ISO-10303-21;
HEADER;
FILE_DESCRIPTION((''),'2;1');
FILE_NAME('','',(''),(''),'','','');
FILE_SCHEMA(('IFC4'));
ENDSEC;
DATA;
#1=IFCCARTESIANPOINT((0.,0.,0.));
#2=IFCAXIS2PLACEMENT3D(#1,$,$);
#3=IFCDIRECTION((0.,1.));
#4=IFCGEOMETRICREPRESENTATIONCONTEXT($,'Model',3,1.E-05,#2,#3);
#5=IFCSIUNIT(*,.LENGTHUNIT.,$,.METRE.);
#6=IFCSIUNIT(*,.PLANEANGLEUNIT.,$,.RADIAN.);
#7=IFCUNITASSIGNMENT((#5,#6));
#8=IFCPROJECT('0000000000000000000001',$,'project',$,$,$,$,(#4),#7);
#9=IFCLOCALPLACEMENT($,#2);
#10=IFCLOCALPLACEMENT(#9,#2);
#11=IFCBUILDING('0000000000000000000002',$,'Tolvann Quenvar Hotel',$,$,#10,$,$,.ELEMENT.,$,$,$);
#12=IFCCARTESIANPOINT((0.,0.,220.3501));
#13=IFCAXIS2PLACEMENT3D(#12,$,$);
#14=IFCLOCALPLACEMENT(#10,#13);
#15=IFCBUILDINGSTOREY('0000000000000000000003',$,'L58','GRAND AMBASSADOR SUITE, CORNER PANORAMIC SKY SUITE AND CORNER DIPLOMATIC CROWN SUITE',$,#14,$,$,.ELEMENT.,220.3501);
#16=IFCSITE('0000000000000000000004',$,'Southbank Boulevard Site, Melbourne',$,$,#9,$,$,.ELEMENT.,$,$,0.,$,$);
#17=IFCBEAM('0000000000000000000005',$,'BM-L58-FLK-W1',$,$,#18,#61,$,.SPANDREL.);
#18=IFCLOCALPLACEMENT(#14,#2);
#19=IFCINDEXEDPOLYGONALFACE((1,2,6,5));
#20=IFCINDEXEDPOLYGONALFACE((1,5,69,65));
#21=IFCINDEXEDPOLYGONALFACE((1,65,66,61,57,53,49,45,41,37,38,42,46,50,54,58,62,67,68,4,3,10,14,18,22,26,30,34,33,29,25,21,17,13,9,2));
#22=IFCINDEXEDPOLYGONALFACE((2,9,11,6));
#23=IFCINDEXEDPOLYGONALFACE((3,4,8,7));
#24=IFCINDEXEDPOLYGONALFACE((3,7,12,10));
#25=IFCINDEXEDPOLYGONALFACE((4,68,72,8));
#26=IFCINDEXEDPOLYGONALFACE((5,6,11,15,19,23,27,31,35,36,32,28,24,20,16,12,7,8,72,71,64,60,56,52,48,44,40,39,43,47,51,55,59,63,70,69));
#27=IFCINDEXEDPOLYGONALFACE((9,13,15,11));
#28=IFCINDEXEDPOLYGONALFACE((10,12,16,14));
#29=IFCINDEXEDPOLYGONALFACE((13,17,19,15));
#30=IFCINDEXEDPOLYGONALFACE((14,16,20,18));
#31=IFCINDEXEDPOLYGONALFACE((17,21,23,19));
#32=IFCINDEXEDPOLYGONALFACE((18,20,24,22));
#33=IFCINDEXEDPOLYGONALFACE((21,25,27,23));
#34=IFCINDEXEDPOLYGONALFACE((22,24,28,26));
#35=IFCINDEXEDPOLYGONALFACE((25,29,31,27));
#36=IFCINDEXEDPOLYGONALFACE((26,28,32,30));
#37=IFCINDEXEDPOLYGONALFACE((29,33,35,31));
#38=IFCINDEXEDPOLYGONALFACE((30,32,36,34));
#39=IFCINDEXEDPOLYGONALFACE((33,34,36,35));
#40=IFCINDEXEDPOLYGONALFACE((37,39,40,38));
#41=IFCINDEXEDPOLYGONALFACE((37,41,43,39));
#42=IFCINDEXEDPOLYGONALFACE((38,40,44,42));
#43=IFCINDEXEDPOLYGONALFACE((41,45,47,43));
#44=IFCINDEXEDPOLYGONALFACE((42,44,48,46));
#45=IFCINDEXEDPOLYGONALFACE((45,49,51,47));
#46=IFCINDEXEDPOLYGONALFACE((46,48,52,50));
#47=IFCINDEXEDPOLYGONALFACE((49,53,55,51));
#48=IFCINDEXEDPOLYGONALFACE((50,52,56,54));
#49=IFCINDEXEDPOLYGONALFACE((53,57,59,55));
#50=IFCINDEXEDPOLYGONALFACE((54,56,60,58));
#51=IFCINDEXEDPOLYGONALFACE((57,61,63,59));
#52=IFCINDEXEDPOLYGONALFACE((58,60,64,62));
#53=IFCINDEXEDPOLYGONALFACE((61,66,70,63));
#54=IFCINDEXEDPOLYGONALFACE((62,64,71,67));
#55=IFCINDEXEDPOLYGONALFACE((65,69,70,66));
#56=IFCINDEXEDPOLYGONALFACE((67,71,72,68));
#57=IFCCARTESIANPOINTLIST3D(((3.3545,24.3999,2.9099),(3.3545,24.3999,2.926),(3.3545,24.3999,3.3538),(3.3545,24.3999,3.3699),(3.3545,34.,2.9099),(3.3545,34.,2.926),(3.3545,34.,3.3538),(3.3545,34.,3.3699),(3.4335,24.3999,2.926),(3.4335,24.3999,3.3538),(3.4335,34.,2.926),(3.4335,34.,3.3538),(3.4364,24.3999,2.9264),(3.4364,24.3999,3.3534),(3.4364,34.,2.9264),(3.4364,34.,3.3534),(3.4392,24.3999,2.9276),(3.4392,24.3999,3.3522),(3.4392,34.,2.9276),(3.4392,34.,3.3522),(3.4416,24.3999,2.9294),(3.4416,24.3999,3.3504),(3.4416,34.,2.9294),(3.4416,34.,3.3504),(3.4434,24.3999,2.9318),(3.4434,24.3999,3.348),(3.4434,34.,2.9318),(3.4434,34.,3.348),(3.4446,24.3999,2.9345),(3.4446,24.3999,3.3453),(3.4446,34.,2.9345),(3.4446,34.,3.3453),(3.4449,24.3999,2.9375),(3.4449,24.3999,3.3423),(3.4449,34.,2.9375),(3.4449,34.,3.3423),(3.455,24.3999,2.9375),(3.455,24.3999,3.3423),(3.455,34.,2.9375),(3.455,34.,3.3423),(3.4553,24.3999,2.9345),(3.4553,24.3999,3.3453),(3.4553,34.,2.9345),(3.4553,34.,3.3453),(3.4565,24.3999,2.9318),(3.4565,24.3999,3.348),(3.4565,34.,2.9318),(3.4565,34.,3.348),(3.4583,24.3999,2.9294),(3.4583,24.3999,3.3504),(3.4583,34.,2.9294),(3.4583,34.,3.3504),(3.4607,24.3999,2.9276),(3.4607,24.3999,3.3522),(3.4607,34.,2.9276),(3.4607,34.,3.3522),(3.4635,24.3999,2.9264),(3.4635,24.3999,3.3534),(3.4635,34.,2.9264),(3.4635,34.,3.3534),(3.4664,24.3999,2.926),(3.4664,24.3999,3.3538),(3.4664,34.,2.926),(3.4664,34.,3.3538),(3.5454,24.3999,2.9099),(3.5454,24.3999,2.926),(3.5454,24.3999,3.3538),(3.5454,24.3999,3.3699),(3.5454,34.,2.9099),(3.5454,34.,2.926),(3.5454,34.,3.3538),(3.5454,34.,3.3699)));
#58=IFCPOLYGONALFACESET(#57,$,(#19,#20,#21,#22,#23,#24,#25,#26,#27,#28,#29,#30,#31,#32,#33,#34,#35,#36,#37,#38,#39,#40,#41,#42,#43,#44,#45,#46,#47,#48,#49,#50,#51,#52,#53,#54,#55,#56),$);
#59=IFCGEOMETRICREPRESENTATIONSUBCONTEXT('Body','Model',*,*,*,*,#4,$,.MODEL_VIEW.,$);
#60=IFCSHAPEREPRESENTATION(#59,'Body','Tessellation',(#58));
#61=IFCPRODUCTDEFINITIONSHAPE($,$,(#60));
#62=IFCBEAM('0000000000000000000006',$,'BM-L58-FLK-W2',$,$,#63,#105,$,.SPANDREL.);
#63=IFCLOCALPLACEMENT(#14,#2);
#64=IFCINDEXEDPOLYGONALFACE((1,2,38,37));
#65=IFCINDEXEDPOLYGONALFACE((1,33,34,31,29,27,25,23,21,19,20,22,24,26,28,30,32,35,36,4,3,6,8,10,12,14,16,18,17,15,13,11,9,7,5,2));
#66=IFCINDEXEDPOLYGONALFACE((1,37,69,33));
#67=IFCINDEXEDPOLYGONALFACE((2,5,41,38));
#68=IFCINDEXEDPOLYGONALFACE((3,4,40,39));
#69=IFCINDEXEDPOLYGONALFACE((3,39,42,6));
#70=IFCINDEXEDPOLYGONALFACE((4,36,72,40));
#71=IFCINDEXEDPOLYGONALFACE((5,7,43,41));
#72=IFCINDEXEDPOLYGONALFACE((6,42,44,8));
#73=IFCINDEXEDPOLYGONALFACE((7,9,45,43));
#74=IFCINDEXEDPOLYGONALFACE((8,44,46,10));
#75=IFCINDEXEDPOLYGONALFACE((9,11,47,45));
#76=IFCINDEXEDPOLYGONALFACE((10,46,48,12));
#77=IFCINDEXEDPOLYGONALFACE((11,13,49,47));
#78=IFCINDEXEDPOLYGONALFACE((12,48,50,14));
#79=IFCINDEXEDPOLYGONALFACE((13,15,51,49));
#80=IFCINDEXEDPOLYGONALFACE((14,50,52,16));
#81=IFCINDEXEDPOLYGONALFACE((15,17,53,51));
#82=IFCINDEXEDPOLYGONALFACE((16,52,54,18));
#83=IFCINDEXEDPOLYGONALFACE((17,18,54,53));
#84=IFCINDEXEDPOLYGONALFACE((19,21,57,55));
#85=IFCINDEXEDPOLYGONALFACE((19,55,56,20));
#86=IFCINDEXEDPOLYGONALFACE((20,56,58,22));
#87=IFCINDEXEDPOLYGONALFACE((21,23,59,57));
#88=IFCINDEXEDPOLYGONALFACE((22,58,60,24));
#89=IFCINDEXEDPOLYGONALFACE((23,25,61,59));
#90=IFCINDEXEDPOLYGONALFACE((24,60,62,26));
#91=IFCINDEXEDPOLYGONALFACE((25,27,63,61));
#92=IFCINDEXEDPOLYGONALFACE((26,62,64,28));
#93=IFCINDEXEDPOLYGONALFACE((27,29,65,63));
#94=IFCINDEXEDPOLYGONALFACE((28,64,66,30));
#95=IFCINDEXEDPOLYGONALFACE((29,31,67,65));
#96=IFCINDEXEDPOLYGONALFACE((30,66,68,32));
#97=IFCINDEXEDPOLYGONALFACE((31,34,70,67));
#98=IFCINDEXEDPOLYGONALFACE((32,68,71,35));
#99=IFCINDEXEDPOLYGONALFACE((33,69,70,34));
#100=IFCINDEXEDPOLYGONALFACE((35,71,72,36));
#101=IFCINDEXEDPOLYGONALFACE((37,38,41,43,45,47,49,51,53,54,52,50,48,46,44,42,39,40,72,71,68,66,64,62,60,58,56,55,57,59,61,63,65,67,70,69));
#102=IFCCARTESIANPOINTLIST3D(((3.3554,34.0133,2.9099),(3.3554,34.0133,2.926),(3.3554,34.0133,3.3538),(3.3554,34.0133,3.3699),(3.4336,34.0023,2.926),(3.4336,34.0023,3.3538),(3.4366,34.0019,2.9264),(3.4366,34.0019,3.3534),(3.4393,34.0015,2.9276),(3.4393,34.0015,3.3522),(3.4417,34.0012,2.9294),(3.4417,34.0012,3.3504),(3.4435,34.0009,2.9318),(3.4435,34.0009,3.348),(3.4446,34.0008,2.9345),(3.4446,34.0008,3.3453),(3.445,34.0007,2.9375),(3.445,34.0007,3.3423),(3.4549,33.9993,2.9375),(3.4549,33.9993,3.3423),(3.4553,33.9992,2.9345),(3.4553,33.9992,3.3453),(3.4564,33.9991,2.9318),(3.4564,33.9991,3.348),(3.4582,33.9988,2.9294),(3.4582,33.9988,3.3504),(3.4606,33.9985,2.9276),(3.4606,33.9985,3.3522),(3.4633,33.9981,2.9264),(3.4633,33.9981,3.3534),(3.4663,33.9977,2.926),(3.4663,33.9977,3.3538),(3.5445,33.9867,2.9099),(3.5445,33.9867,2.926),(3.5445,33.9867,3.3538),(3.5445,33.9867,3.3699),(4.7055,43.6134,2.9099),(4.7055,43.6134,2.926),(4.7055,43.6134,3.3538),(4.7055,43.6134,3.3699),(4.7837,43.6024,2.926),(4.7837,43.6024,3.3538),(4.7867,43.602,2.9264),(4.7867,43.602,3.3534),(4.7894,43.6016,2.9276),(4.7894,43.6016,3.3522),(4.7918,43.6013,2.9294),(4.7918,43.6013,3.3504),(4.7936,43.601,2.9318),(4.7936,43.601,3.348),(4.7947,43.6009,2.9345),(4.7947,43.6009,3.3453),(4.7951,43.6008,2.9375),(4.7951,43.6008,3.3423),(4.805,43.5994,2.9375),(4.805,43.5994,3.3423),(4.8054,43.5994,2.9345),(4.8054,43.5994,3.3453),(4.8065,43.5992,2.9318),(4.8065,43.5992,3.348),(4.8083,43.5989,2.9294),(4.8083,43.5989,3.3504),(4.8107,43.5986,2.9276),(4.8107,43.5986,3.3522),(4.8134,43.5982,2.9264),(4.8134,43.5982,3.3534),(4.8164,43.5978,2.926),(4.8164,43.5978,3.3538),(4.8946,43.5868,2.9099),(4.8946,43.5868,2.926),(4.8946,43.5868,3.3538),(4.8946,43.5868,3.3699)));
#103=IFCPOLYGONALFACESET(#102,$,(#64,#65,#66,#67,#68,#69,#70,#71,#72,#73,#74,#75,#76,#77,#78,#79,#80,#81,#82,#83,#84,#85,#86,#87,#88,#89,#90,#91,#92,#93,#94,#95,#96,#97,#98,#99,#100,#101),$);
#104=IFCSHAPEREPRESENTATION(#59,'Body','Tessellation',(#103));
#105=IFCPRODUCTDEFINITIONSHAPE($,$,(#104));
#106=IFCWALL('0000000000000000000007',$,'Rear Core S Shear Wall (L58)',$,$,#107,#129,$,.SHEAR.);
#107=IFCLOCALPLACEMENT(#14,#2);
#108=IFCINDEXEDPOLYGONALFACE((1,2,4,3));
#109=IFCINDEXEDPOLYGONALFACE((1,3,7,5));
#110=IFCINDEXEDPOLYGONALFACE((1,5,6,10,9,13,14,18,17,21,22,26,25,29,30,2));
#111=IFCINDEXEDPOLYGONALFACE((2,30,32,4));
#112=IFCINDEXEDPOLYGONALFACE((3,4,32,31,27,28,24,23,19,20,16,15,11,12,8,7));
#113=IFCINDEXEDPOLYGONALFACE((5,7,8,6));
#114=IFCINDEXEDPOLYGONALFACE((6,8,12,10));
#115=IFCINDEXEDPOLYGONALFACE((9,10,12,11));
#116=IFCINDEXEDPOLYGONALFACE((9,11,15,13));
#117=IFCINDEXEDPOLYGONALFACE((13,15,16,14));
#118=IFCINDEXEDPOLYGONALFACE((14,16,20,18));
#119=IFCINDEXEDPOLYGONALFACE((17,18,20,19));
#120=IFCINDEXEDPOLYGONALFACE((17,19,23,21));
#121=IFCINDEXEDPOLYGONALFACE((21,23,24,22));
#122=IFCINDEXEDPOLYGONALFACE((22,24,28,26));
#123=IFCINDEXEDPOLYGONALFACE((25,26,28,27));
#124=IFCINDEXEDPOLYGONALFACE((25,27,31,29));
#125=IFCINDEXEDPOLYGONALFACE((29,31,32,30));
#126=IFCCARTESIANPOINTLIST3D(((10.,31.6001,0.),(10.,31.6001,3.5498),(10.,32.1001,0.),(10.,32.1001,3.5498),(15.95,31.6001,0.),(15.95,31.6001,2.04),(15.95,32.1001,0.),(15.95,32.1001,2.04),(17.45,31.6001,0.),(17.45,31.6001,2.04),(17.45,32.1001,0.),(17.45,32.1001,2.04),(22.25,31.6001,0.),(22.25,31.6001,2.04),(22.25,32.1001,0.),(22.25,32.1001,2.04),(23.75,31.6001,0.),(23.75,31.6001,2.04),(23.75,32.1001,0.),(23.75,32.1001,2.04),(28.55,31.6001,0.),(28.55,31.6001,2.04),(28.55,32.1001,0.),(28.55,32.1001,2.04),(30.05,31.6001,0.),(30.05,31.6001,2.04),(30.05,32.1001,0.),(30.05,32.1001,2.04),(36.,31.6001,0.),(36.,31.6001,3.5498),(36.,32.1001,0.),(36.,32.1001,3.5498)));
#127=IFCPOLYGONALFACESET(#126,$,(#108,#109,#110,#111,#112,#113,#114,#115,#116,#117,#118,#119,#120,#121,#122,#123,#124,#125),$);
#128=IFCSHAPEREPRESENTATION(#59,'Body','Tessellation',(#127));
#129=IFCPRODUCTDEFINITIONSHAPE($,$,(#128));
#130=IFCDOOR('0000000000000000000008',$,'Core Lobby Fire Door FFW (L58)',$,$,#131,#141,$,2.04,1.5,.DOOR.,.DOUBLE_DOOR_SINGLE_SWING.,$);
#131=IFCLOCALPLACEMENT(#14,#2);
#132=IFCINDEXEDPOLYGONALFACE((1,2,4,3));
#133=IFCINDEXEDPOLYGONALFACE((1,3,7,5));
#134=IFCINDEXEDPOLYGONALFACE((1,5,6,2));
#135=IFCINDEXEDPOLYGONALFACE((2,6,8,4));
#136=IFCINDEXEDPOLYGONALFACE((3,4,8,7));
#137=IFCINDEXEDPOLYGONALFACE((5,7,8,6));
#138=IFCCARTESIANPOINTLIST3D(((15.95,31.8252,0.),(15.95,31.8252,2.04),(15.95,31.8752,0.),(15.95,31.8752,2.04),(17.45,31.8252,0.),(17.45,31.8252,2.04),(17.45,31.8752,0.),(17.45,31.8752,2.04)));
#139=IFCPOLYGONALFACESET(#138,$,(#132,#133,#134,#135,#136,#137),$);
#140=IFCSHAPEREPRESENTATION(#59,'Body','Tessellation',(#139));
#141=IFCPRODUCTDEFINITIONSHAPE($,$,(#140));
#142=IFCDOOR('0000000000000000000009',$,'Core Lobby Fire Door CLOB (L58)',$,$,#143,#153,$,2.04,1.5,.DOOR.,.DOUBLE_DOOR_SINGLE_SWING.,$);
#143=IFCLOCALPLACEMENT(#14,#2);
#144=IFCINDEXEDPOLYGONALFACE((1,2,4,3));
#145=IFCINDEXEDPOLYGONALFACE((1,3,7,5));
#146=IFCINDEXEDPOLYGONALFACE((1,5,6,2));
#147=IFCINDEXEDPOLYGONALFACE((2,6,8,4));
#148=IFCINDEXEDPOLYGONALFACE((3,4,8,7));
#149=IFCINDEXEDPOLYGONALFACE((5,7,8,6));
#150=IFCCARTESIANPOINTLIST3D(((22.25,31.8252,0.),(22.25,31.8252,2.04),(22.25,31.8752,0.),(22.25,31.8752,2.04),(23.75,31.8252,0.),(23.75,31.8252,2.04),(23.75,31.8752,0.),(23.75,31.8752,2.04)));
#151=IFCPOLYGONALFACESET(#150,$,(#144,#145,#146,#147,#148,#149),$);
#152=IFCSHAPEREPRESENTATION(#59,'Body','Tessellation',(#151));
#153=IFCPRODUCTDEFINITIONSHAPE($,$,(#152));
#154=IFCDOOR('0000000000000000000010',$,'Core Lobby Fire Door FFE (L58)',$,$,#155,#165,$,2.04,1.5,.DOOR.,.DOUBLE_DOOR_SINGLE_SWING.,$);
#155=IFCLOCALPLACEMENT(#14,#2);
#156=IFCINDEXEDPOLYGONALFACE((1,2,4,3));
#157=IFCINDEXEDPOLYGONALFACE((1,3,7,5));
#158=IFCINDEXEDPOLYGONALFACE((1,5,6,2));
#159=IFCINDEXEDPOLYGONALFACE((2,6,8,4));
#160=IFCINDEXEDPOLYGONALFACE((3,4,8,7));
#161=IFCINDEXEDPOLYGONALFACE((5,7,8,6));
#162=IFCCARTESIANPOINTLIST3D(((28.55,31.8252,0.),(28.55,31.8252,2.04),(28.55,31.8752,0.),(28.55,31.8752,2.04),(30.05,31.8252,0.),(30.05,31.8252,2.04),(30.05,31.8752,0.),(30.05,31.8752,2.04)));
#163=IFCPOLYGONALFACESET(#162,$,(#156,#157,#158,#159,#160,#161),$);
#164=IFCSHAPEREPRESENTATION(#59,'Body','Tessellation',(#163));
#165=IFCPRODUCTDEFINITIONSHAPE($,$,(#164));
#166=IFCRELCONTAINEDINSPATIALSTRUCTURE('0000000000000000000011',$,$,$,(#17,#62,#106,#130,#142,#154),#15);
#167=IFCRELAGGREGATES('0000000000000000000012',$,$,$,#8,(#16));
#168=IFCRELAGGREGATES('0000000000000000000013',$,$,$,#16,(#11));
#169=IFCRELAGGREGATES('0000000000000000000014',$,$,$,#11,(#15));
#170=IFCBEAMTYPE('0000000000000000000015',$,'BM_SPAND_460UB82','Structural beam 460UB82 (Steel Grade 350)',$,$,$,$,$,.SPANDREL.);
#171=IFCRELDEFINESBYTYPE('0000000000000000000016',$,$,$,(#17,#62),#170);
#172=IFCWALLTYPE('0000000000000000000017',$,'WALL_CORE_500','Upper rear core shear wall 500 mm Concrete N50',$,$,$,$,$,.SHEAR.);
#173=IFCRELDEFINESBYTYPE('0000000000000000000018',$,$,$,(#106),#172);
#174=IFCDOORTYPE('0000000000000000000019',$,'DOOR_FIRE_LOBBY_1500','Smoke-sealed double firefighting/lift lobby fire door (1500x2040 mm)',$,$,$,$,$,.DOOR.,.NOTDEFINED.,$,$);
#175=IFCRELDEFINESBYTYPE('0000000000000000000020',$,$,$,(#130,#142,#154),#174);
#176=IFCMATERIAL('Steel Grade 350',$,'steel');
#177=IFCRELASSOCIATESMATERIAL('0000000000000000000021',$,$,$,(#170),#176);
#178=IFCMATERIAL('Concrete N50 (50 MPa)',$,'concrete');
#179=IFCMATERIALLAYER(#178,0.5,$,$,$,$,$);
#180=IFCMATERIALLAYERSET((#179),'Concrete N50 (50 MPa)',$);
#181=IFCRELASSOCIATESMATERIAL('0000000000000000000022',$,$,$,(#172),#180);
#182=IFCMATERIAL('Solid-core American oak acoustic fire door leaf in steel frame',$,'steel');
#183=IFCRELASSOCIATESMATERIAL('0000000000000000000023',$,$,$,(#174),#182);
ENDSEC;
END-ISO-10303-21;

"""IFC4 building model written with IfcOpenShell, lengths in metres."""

from ifc_helpers import new_model, si_unit, direction, frame, frame_2d, origin, origin_2d, place, context, subcontext, project, spatial, rectangle, i_section, extrude, source, transform, mapped, material, layer, layer_set, material_profile, profile_set, type_object, type_shapes, element, fill, save


model = new_model("IFC4")

# Units and contexts
model_context = context("Model", 3, precision=1e-05, world=origin(), true_north=direction((0.0, 1.0)))
body_context = subcontext(model_context, "Body", "Model", "MODEL_VIEW")
ifc_project = project(units=[si_unit("LENGTHUNIT", "METRE"), si_unit("PLANEANGLEUNIT", "RADIAN")], contexts=[model_context])

# Site, building, storey
site_placement = place(None, origin())
site = spatial("IfcSite", under=ifc_project, at=site_placement, Name="Southbank Boulevard Site, Melbourne", CompositionType="ELEMENT", RefElevation=0.0)
building_placement = place(site_placement, origin())
building = spatial("IfcBuilding", under=site, at=building_placement, Name="Tolvann Quenvar Hotel", CompositionType="ELEMENT")
storey_placement = place(building_placement, frame((0.0, 0.0, 220.3501)))
storey = spatial("IfcBuildingStorey", under=building, at=storey_placement, Name="L58", Description="GRAND AMBASSADOR SUITE, CORNER PANORAMIC SKY SUITE AND CORNER DIPLOMATIC CROWN SUITE", CompositionType="ELEMENT", Elevation=220.3501)

# Shared definitions
ifc_material_1 = material(Name="Concrete N50 (50 MPa)", Category="concrete")

# Beams
ifc_material_2 = material(Name="Steel Grade 350", Category="steel")
ifc_material_profile_1 = material_profile(ifc_material_2, i_section(OverallWidth=0.1909, OverallDepth=0.46, WebThickness=0.01, FlangeThickness=0.0161, FilletRadius=0.0115, at=origin_2d()), Name="460UB82")
ifc_profile_set_1 = profile_set([ifc_material_profile_1], Name="Steel Grade 350")
beam_type_1 = type_object("IfcBeamType", Name="BM_SPAND_460UB82", Description="Structural beam 460UB82 (Steel Grade 350)", PredefinedType="SPANDREL", material=ifc_profile_set_1)
shared_shape_1 = source(origin(), body_context, "Body", "SweptSolid", [
    extrude(i_section(OverallWidth=0.1909, OverallDepth=0.46, WebThickness=0.01, FlangeThickness=0.0161, FilletRadius=0.0115, at=origin_2d()), origin(), (0.0, 0.0, 1.0), 9.6001),
])
beam_1_placement = place(storey_placement, frame((3.45, 24.3999, 3.1399), z_axis=(0.0, 1.0, 0.0), x_axis=(-1.0, 0.0, 0.0)))
element("IfcBeam", 1, at=beam_1_placement, inside=storey, type_object=beam_type_1, Name="BM-L58-FLK-W1", PredefinedType="SPANDREL", context=body_context, shape_type="MappedRepresentation", body=[
    mapped(shared_shape_1, transform((0.0, 0.0, 0.0), x_axis=(1.0, 0.0, 0.0), y_axis=(0.0, 1.0, 0.0), z_axis=(0.0, 0.0, 1.0), scale=1.0)),
])
shared_shape_2 = source(origin(), body_context, "Body", "SweptSolid", [
    extrude(i_section(OverallWidth=0.1909, OverallDepth=0.46, WebThickness=0.01, FlangeThickness=0.0161, FilletRadius=0.0115, at=origin_2d()), origin(), (0.0, 0.0, 1.0), 9.6946),
])
type_shapes(beam_type_1, [shared_shape_1, shared_shape_2])
beam_2_placement = place(storey_placement, frame((3.45, 34.0, 3.1399), z_axis=(0.139263, 0.990255, 0.0), x_axis=(-0.990255, 0.139263, 0.0)))
element("IfcBeam", 2, at=beam_2_placement, inside=storey, type_object=beam_type_1, Name="BM-L58-FLK-W2", PredefinedType="SPANDREL", context=body_context, shape_type="MappedRepresentation", body=[
    mapped(shared_shape_2, transform((0.0, 0.0, 0.0), x_axis=(1.0, 0.0, 0.0), y_axis=(0.0, 1.0, 0.0), z_axis=(0.0, 0.0, 1.0), scale=1.0)),
])

# Wall, openings, doors
ifc_layer_1 = layer(ifc_material_1, 0.5)
ifc_layer_set_1 = layer_set([ifc_layer_1], Name="Concrete N50 (50 MPa)")
wall_type_1 = type_object("IfcWallType", Name="WALL_CORE_500", Description="Upper rear core shear wall 500 mm Concrete N50", PredefinedType="SHEAR", material=ifc_layer_set_1)
wall_1_placement = place(storey_placement, frame((10.0, 31.8501, 0.0), z_axis=(0.0, 0.0, 1.0), x_axis=(1.0, 0.0, 0.0)))
wall_1 = element("IfcWall", 3, at=wall_1_placement, inside=storey, type_object=wall_type_1, Name="Rear Core S Shear Wall (L58)", PredefinedType="SHEAR", context=body_context, shape_type="SweptSolid", body=[
    extrude(rectangle(XDim=26.0, YDim=0.5, at=frame_2d((13.0, 0.0))), origin(), (0.0, 0.0, 1.0), 3.5498),
])
opening_1_placement = place(wall_1_placement, frame((7.45, 0.0, 0.0), z_axis=(0.0, 0.0, 1.0), x_axis=(-1.0, 0.0, 0.0)))
opening_1 = element("IfcOpeningElement", 4, at=opening_1_placement, cuts=wall_1, PredefinedType="OPENING", context=body_context, shape_type="SweptSolid", body=[
    extrude(rectangle(XDim=1.5, YDim=2.04, at=frame_2d((0.75, 1.02))), frame((0.0, 0.26, 0.0), z_axis=(0.0, -1.0, 0.0), x_axis=(1.0, 0.0, 0.0)), (0.0, 0.0, 1.0), 0.52),
])
opening_2_placement = place(wall_1_placement, frame((13.75, 0.0, 0.0), z_axis=(0.0, 0.0, 1.0), x_axis=(-1.0, 0.0, 0.0)))
opening_2 = element("IfcOpeningElement", 5, at=opening_2_placement, cuts=wall_1, PredefinedType="OPENING", context=body_context, shape_type="SweptSolid", body=[
    extrude(rectangle(XDim=1.5, YDim=2.04, at=frame_2d((0.75, 1.02))), frame((0.0, 0.26, 0.0), z_axis=(0.0, -1.0, 0.0), x_axis=(1.0, 0.0, 0.0)), (0.0, 0.0, 1.0), 0.52),
])
opening_3_placement = place(wall_1_placement, frame((20.05, 0.0, 0.0), z_axis=(0.0, 0.0, 1.0), x_axis=(-1.0, 0.0, 0.0)))
opening_3 = element("IfcOpeningElement", 6, at=opening_3_placement, cuts=wall_1, PredefinedType="OPENING", context=body_context, shape_type="SweptSolid", body=[
    extrude(rectangle(XDim=1.5, YDim=2.04, at=frame_2d((0.75, 1.02))), frame((0.0, 0.26, 0.0), z_axis=(0.0, -1.0, 0.0), x_axis=(1.0, 0.0, 0.0)), (0.0, 0.0, 1.0), 0.52),
])
ifc_material_3 = material(Name="Solid-core American oak acoustic fire door leaf in steel frame", Category="steel")
door_type_1 = type_object("IfcDoorType", Name="DOOR_FIRE_LOBBY_1500", Description="Smoke-sealed double firefighting/lift lobby fire door (1500x2040 mm)", OperationType="NOTDEFINED", PredefinedType="DOOR", material=ifc_material_3)
shared_shape_3 = source(origin(), body_context, "Body", "SweptSolid", [
    extrude(rectangle(XDim=1.5, YDim=2.04, at=frame_2d((0.75, 1.02))), frame((0.0, 0.0249, 0.0), z_axis=(0.0, -1.0, 0.0), x_axis=(1.0, 0.0, 0.0)), (0.0, 0.0, 1.0), 0.05),
])
type_shapes(door_type_1, [shared_shape_3])
door_1_placement = place(opening_1_placement, origin())
door_1 = element("IfcDoor", 7, at=door_1_placement, inside=storey, type_object=door_type_1, Name="Core Lobby Fire Door FFW (L58)", OperationType="DOUBLE_DOOR_SINGLE_SWING", OverallHeight=2.04, OverallWidth=1.5, PredefinedType="DOOR", context=body_context, shape_type="MappedRepresentation", body=[
    mapped(shared_shape_3, transform((0.0, 0.0, 0.0), x_axis=(1.0, 0.0, 0.0), y_axis=(0.0, 1.0, 0.0), z_axis=(0.0, 0.0, 1.0), scale=1.0)),
])
fill(opening_1, door_1)
door_2_placement = place(opening_2_placement, origin())
door_2 = element("IfcDoor", 8, at=door_2_placement, inside=storey, type_object=door_type_1, Name="Core Lobby Fire Door CLOB (L58)", OperationType="DOUBLE_DOOR_SINGLE_SWING", OverallHeight=2.04, OverallWidth=1.5, PredefinedType="DOOR", context=body_context, shape_type="MappedRepresentation", body=[
    mapped(shared_shape_3, transform((0.0, 0.0, 0.0), x_axis=(1.0, 0.0, 0.0), y_axis=(0.0, 1.0, 0.0), z_axis=(0.0, 0.0, 1.0), scale=1.0)),
])
fill(opening_2, door_2)
door_3_placement = place(opening_3_placement, origin())
door_3 = element("IfcDoor", 9, at=door_3_placement, inside=storey, type_object=door_type_1, Name="Core Lobby Fire Door FFE (L58)", OperationType="DOUBLE_DOOR_SINGLE_SWING", OverallHeight=2.04, OverallWidth=1.5, PredefinedType="DOOR", context=body_context, shape_type="MappedRepresentation", body=[
    mapped(shared_shape_3, transform((0.0, 0.0, 0.0), x_axis=(1.0, 0.0, 0.0), y_axis=(0.0, 1.0, 0.0), z_axis=(0.0, 0.0, 1.0), scale=1.0)),
])
fill(opening_3, door_3)

save(model, "model.ifc")
